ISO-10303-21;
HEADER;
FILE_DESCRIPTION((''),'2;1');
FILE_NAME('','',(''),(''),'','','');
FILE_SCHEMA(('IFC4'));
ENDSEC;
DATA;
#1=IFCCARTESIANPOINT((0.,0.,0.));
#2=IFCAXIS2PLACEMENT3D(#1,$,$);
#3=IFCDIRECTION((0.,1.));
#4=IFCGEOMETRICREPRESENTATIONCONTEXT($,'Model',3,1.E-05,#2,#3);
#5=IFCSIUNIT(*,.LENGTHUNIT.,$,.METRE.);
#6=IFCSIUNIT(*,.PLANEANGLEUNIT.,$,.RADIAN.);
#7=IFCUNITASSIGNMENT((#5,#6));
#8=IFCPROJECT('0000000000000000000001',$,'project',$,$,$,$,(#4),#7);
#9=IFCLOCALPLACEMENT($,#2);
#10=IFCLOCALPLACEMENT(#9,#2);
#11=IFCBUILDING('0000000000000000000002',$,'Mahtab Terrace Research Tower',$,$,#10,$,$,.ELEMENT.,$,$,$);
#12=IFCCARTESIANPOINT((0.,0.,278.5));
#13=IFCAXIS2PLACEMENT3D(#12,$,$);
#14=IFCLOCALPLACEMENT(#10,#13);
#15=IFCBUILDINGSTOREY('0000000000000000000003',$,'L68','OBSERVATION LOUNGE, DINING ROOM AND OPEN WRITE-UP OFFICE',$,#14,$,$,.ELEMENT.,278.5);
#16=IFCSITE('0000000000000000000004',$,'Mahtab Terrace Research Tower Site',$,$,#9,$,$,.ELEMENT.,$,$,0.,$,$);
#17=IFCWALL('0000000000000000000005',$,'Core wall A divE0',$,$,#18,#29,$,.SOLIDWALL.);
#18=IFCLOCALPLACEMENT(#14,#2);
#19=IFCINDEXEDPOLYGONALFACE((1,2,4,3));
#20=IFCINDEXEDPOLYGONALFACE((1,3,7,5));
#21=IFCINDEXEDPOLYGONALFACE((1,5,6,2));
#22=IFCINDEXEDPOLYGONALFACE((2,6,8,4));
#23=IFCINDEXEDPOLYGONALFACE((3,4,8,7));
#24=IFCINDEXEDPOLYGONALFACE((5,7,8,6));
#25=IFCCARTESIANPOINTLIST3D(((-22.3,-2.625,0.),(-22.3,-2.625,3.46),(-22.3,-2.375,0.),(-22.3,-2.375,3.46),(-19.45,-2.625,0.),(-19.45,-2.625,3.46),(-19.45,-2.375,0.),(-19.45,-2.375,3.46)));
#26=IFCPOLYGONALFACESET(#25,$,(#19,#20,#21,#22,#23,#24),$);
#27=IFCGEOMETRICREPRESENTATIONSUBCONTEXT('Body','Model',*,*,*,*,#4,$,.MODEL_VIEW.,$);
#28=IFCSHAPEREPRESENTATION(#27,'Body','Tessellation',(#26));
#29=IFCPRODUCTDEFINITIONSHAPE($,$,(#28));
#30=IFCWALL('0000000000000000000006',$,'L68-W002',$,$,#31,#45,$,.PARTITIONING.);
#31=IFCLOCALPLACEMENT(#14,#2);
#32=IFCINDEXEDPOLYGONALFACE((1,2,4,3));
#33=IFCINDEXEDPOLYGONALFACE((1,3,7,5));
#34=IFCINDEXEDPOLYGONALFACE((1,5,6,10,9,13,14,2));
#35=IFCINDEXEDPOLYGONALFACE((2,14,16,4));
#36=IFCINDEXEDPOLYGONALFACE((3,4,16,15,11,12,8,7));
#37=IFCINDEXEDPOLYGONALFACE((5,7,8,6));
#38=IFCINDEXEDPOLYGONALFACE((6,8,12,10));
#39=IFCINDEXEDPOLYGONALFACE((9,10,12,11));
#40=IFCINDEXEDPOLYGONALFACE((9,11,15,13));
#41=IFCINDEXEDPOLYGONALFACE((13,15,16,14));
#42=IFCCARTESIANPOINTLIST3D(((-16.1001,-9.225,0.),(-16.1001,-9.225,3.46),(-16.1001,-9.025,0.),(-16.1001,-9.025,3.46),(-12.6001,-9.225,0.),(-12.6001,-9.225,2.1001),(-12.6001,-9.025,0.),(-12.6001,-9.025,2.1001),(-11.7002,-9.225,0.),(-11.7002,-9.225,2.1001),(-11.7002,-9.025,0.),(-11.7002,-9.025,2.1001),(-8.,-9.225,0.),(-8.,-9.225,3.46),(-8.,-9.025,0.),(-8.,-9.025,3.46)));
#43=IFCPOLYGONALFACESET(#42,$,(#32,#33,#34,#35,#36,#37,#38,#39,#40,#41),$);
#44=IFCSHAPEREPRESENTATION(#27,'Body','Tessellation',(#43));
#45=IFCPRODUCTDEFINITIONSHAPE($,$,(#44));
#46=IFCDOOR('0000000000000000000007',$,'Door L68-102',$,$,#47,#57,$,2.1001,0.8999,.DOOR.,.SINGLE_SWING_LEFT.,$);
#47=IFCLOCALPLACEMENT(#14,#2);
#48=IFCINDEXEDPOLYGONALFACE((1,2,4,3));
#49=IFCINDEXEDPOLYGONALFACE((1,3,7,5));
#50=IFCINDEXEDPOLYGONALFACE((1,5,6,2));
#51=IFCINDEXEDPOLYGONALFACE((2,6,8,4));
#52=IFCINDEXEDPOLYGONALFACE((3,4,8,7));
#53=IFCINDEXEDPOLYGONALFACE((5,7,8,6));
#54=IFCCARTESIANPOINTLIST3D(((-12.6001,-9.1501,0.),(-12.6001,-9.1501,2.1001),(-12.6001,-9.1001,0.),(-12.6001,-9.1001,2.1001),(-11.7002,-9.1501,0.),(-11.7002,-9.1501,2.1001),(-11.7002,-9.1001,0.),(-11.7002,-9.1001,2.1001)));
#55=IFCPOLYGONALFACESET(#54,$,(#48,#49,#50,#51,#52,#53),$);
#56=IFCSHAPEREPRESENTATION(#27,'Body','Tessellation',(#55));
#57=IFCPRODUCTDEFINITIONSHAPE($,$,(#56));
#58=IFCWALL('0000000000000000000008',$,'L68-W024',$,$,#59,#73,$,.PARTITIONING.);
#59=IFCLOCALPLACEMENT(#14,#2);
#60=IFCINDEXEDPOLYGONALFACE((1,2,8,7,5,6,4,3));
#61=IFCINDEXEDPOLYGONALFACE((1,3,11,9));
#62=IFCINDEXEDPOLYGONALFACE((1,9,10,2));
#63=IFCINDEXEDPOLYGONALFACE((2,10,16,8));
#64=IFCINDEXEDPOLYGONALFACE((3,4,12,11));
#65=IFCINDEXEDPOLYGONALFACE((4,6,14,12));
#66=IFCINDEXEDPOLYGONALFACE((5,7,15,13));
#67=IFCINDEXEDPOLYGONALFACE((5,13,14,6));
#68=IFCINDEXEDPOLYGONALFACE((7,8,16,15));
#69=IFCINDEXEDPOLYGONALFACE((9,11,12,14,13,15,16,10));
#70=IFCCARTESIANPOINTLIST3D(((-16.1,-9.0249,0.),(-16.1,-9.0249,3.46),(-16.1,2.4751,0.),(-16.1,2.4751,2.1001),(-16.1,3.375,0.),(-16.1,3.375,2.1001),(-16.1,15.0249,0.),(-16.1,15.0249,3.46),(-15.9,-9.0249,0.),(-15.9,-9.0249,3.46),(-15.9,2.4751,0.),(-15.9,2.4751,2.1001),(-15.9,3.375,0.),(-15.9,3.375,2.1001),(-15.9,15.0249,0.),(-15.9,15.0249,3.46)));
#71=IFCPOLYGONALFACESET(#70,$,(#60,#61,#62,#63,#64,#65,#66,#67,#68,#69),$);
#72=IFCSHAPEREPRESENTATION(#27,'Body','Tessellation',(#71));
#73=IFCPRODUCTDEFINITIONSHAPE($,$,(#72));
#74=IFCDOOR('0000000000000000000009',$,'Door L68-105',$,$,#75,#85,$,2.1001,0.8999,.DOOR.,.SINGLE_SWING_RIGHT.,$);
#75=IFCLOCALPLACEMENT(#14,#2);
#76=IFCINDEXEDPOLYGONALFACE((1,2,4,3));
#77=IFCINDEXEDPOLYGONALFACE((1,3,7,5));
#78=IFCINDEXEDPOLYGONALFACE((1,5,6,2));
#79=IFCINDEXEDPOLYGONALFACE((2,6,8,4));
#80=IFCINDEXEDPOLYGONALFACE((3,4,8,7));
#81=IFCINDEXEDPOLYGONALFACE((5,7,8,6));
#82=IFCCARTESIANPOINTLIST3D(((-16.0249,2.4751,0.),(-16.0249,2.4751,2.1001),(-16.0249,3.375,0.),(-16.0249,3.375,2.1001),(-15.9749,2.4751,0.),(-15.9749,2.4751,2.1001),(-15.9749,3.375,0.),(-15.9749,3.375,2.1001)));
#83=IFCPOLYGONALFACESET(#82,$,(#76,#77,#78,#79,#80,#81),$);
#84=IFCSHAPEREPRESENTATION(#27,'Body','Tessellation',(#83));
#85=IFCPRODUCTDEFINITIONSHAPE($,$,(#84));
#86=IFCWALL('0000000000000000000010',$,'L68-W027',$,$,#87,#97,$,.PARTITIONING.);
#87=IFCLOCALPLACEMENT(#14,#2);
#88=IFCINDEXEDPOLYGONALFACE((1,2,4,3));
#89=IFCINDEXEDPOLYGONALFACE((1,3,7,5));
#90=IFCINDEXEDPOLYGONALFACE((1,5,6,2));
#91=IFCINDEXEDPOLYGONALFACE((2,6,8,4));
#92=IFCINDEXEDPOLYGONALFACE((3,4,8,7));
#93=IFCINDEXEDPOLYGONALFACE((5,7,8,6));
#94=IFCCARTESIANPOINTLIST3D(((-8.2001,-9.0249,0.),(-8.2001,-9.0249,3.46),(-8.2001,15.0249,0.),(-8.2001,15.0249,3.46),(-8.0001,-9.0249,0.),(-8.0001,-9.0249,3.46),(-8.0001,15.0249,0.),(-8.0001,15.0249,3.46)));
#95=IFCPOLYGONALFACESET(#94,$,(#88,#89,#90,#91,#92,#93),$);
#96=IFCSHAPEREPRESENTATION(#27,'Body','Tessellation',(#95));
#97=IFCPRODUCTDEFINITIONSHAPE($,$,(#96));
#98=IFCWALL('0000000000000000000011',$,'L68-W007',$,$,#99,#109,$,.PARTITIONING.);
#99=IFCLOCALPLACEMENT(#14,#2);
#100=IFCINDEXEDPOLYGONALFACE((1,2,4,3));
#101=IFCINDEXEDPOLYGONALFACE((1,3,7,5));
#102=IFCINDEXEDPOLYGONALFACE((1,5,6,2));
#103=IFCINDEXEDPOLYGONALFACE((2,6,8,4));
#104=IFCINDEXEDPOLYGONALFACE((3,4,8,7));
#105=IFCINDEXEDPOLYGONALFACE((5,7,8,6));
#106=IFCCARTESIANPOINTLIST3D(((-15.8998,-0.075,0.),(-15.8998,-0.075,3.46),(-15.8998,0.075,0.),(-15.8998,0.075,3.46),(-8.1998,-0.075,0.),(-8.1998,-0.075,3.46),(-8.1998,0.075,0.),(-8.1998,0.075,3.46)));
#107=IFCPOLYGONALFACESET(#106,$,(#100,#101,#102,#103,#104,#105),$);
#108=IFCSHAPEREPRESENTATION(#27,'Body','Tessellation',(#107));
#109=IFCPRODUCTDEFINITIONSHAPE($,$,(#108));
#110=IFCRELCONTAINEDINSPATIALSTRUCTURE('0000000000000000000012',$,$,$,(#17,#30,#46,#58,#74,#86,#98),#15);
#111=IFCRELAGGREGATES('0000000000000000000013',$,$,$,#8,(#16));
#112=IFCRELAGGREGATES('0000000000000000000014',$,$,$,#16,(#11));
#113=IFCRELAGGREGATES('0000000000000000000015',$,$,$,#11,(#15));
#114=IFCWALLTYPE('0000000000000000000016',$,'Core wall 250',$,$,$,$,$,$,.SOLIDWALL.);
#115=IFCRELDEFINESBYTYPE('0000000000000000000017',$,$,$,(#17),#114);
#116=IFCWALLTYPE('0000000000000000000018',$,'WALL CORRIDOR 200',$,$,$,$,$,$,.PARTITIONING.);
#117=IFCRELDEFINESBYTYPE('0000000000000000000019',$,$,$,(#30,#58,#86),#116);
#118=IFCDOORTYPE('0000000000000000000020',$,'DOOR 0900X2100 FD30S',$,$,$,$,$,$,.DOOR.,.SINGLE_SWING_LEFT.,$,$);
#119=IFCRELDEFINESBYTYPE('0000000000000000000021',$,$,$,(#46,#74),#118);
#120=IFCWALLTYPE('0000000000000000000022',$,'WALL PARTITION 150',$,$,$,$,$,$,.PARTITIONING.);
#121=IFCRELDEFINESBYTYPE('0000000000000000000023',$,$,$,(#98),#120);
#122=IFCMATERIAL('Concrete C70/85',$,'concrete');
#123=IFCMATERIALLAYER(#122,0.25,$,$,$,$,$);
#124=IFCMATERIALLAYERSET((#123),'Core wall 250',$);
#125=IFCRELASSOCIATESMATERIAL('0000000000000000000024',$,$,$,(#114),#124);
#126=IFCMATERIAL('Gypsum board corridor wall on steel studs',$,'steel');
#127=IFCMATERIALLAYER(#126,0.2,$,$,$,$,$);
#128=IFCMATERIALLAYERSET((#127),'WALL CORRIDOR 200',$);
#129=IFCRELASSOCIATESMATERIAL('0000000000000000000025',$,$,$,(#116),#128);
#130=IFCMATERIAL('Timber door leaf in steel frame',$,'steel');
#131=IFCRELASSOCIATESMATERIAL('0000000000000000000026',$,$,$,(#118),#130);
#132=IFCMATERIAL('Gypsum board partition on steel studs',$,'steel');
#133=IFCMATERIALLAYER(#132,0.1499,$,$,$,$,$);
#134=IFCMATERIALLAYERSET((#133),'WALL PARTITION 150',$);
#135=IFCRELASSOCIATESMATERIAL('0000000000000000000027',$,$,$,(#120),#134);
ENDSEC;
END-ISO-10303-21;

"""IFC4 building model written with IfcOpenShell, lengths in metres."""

from ifc_helpers import new_model, si_unit, direction, frame, frame_2d, origin, place, context, subcontext, project, spatial, rectangle, extrude, material, layer, layer_set, type_object, element, fill, save


model = new_model("IFC4")

# Units and contexts
model_context = context("Model", 3, precision=1e-05, world=origin(), true_north=direction((0.0, 1.0)))
body_context = subcontext(model_context, "Body", "Model", "MODEL_VIEW")
ifc_project = project(units=[si_unit("LENGTHUNIT", "METRE"), si_unit("PLANEANGLEUNIT", "RADIAN")], contexts=[model_context])

# Site, building, storey
site_placement = place(None, origin())
site = spatial("IfcSite", under=ifc_project, at=site_placement, Name="Mahtab Terrace Research Tower Site", CompositionType="ELEMENT", RefElevation=0.0)
building_placement = place(site_placement, origin())
building = spatial("IfcBuilding", under=site, at=building_placement, Name="Mahtab Terrace Research Tower", CompositionType="ELEMENT")
storey_placement = place(building_placement, frame((0.0, 0.0, 278.5)))
storey = spatial("IfcBuildingStorey", under=building, at=storey_placement, Name="L68", Description="OBSERVATION LOUNGE, DINING ROOM AND OPEN WRITE-UP OFFICE", CompositionType="ELEMENT", Elevation=278.5)

# Shared definitions
ifc_material_1 = material(Name="Concrete C70/85", Category="concrete")

# Shared definitions
ifc_layer_1 = layer(ifc_material_1, 0.25)
ifc_layer_set_1 = layer_set([ifc_layer_1], Name="Core wall 250")
wall_type_1 = type_object("IfcWallType", Name="Core wall 250", PredefinedType="SOLIDWALL", material=ifc_layer_set_1)

# Wall
for number, where, z_axis, x_axis, name in (
    (1, (-22.3, -2.5, 0.0), (0.0, 0.0, 1.0), (1.0, 0.0, 0.0), "Core wall A divE0"),
):
    element("IfcWall", number, at=place(storey_placement, frame(where, z_axis=z_axis, x_axis=x_axis)), inside=storey, type_object=wall_type_1, Name=name, PredefinedType="SOLIDWALL", context=body_context, shape_type="SweptSolid", body=[
        extrude(rectangle(XDim=2.8501, YDim=0.25, at=frame_2d((1.425, 0.0))), origin(), (0.0, 0.0, 1.0), 3.46),
    ])

# Walls, openings, doors
ifc_material_2 = material(Name="Gypsum board corridor wall on steel studs", Category="steel")
ifc_layer_2 = layer(ifc_material_2, 0.2)
ifc_layer_set_2 = layer_set([ifc_layer_2], Name="WALL CORRIDOR 200")
wall_type_2 = type_object("IfcWallType", Name="WALL CORRIDOR 200", PredefinedType="PARTITIONING", material=ifc_layer_set_2)
wall_1_placement = place(storey_placement, frame((-16.1001, -9.125, 0.0), z_axis=(0.0, 0.0, 1.0), x_axis=(1.0, 0.0, 0.0)))
wall_1 = element("IfcWall", 2, at=wall_1_placement, inside=storey, type_object=wall_type_2, Name="L68-W002", PredefinedType="PARTITIONING", context=body_context, shape_type="SweptSolid", body=[
    extrude(rectangle(XDim=8.1001, YDim=0.2, at=frame_2d((4.05, 0.0))), origin(), (0.0, 0.0, 1.0), 3.46),
])
opening_1_placement = place(wall_1_placement, frame((3.5, 0.0, 0.0)))
opening_1 = element("IfcOpeningElement", 3, at=opening_1_placement, cuts=wall_1, PredefinedType="OPENING", context=body_context, shape_type="SweptSolid", body=[
    extrude(rectangle(XDim=0.8999, YDim=2.1001, at=frame_2d((0.45, 1.05))), frame((0.0, 0.1099, 0.0), z_axis=(0.0, -1.0, 0.0), x_axis=(1.0, 0.0, 0.0)), (0.0, 0.0, 1.0), 0.22),
])
ifc_material_3 = material(Name="Timber door leaf in steel frame", Category="steel")
door_type_1 = type_object("IfcDoorType", Name="DOOR 0900X2100 FD30S", OperationType="SINGLE_SWING_LEFT", PredefinedType="DOOR", material=ifc_material_3)
door_1_placement = place(opening_1_placement, origin())
door_1 = element("IfcDoor", 4, at=door_1_placement, inside=storey, type_object=door_type_1, Name="Door L68-102", OperationType="SINGLE_SWING_LEFT", OverallHeight=2.1001, OverallWidth=0.8999, PredefinedType="DOOR", context=body_context, shape_type="SweptSolid", body=[
    extrude(rectangle(XDim=0.8999, YDim=2.1001, at=frame_2d((0.45, 1.05))), frame((0.0, 0.0249, 0.0), z_axis=(0.0, -1.0, 0.0), x_axis=(1.0, 0.0, 0.0)), (0.0, 0.0, 1.0), 0.05),
])
fill(opening_1, door_1)
wall_2_placement = place(storey_placement, frame((-16.0, -9.0249, 0.0), z_axis=(0.0, 0.0, 1.0), x_axis=(0.0, 1.0, 0.0)))
wall_2 = element("IfcWall", 5, at=wall_2_placement, inside=storey, type_object=wall_type_2, Name="L68-W024", PredefinedType="PARTITIONING", context=body_context, shape_type="SweptSolid", body=[
    extrude(rectangle(XDim=24.0498, YDim=0.2, at=frame_2d((12.0249, 0.0))), origin(), (0.0, 0.0, 1.0), 3.46),
])
opening_2_placement = place(wall_2_placement, frame((11.5, 0.0, 0.0)))
opening_2 = element("IfcOpeningElement", 6, at=opening_2_placement, cuts=wall_2, PredefinedType="OPENING", context=body_context, shape_type="SweptSolid", body=[
    extrude(rectangle(XDim=0.8999, YDim=2.1001, at=frame_2d((0.45, 1.05))), frame((0.0, 0.1099, 0.0), z_axis=(0.0, -1.0, 0.0), x_axis=(1.0, 0.0, 0.0)), (0.0, 0.0, 1.0), 0.22),
])
door_2_placement = place(opening_2_placement, origin())
door_2 = element("IfcDoor", 7, at=door_2_placement, inside=storey, type_object=door_type_1, Name="Door L68-105", OperationType="SINGLE_SWING_RIGHT", OverallHeight=2.1001, OverallWidth=0.8999, PredefinedType="DOOR", context=body_context, shape_type="SweptSolid", body=[
    extrude(rectangle(XDim=0.8999, YDim=2.1001, at=frame_2d((0.45, 1.05))), frame((0.0, 0.0249, 0.0), z_axis=(0.0, -1.0, 0.0), x_axis=(1.0, 0.0, 0.0)), (0.0, 0.0, 1.0), 0.05),
])
fill(opening_2, door_2)

# Walls
wall_3_placement = place(storey_placement, frame((-8.1001, -9.0249, 0.0), z_axis=(0.0, 0.0, 1.0), x_axis=(0.0, 1.0, 0.0)))
element("IfcWall", 8, at=wall_3_placement, inside=storey, type_object=wall_type_2, Name="L68-W027", PredefinedType="PARTITIONING", context=body_context, shape_type="SweptSolid", body=[
    extrude(rectangle(XDim=24.0498, YDim=0.2, at=frame_2d((12.0249, 0.0))), origin(), (0.0, 0.0, 1.0), 3.46),
])
ifc_material_4 = material(Name="Gypsum board partition on steel studs", Category="steel")
ifc_layer_3 = layer(ifc_material_4, 0.1499)
ifc_layer_set_3 = layer_set([ifc_layer_3], Name="WALL PARTITION 150")
wall_type_3 = type_object("IfcWallType", Name="WALL PARTITION 150", PredefinedType="PARTITIONING", material=ifc_layer_set_3)
wall_4_placement = place(storey_placement, frame((-15.8999, 0.0, 0.0), z_axis=(0.0, 0.0, 1.0), x_axis=(1.0, 0.0, 0.0)))
element("IfcWall", 9, at=wall_4_placement, inside=storey, type_object=wall_type_3, Name="L68-W007", PredefinedType="PARTITIONING", context=body_context, shape_type="SweptSolid", body=[
    extrude(rectangle(XDim=7.7, YDim=0.1499, at=frame_2d((3.8501, 0.0))), origin(), (0.0, 0.0, 1.0), 3.46),
])

save(model, "model.ifc")
